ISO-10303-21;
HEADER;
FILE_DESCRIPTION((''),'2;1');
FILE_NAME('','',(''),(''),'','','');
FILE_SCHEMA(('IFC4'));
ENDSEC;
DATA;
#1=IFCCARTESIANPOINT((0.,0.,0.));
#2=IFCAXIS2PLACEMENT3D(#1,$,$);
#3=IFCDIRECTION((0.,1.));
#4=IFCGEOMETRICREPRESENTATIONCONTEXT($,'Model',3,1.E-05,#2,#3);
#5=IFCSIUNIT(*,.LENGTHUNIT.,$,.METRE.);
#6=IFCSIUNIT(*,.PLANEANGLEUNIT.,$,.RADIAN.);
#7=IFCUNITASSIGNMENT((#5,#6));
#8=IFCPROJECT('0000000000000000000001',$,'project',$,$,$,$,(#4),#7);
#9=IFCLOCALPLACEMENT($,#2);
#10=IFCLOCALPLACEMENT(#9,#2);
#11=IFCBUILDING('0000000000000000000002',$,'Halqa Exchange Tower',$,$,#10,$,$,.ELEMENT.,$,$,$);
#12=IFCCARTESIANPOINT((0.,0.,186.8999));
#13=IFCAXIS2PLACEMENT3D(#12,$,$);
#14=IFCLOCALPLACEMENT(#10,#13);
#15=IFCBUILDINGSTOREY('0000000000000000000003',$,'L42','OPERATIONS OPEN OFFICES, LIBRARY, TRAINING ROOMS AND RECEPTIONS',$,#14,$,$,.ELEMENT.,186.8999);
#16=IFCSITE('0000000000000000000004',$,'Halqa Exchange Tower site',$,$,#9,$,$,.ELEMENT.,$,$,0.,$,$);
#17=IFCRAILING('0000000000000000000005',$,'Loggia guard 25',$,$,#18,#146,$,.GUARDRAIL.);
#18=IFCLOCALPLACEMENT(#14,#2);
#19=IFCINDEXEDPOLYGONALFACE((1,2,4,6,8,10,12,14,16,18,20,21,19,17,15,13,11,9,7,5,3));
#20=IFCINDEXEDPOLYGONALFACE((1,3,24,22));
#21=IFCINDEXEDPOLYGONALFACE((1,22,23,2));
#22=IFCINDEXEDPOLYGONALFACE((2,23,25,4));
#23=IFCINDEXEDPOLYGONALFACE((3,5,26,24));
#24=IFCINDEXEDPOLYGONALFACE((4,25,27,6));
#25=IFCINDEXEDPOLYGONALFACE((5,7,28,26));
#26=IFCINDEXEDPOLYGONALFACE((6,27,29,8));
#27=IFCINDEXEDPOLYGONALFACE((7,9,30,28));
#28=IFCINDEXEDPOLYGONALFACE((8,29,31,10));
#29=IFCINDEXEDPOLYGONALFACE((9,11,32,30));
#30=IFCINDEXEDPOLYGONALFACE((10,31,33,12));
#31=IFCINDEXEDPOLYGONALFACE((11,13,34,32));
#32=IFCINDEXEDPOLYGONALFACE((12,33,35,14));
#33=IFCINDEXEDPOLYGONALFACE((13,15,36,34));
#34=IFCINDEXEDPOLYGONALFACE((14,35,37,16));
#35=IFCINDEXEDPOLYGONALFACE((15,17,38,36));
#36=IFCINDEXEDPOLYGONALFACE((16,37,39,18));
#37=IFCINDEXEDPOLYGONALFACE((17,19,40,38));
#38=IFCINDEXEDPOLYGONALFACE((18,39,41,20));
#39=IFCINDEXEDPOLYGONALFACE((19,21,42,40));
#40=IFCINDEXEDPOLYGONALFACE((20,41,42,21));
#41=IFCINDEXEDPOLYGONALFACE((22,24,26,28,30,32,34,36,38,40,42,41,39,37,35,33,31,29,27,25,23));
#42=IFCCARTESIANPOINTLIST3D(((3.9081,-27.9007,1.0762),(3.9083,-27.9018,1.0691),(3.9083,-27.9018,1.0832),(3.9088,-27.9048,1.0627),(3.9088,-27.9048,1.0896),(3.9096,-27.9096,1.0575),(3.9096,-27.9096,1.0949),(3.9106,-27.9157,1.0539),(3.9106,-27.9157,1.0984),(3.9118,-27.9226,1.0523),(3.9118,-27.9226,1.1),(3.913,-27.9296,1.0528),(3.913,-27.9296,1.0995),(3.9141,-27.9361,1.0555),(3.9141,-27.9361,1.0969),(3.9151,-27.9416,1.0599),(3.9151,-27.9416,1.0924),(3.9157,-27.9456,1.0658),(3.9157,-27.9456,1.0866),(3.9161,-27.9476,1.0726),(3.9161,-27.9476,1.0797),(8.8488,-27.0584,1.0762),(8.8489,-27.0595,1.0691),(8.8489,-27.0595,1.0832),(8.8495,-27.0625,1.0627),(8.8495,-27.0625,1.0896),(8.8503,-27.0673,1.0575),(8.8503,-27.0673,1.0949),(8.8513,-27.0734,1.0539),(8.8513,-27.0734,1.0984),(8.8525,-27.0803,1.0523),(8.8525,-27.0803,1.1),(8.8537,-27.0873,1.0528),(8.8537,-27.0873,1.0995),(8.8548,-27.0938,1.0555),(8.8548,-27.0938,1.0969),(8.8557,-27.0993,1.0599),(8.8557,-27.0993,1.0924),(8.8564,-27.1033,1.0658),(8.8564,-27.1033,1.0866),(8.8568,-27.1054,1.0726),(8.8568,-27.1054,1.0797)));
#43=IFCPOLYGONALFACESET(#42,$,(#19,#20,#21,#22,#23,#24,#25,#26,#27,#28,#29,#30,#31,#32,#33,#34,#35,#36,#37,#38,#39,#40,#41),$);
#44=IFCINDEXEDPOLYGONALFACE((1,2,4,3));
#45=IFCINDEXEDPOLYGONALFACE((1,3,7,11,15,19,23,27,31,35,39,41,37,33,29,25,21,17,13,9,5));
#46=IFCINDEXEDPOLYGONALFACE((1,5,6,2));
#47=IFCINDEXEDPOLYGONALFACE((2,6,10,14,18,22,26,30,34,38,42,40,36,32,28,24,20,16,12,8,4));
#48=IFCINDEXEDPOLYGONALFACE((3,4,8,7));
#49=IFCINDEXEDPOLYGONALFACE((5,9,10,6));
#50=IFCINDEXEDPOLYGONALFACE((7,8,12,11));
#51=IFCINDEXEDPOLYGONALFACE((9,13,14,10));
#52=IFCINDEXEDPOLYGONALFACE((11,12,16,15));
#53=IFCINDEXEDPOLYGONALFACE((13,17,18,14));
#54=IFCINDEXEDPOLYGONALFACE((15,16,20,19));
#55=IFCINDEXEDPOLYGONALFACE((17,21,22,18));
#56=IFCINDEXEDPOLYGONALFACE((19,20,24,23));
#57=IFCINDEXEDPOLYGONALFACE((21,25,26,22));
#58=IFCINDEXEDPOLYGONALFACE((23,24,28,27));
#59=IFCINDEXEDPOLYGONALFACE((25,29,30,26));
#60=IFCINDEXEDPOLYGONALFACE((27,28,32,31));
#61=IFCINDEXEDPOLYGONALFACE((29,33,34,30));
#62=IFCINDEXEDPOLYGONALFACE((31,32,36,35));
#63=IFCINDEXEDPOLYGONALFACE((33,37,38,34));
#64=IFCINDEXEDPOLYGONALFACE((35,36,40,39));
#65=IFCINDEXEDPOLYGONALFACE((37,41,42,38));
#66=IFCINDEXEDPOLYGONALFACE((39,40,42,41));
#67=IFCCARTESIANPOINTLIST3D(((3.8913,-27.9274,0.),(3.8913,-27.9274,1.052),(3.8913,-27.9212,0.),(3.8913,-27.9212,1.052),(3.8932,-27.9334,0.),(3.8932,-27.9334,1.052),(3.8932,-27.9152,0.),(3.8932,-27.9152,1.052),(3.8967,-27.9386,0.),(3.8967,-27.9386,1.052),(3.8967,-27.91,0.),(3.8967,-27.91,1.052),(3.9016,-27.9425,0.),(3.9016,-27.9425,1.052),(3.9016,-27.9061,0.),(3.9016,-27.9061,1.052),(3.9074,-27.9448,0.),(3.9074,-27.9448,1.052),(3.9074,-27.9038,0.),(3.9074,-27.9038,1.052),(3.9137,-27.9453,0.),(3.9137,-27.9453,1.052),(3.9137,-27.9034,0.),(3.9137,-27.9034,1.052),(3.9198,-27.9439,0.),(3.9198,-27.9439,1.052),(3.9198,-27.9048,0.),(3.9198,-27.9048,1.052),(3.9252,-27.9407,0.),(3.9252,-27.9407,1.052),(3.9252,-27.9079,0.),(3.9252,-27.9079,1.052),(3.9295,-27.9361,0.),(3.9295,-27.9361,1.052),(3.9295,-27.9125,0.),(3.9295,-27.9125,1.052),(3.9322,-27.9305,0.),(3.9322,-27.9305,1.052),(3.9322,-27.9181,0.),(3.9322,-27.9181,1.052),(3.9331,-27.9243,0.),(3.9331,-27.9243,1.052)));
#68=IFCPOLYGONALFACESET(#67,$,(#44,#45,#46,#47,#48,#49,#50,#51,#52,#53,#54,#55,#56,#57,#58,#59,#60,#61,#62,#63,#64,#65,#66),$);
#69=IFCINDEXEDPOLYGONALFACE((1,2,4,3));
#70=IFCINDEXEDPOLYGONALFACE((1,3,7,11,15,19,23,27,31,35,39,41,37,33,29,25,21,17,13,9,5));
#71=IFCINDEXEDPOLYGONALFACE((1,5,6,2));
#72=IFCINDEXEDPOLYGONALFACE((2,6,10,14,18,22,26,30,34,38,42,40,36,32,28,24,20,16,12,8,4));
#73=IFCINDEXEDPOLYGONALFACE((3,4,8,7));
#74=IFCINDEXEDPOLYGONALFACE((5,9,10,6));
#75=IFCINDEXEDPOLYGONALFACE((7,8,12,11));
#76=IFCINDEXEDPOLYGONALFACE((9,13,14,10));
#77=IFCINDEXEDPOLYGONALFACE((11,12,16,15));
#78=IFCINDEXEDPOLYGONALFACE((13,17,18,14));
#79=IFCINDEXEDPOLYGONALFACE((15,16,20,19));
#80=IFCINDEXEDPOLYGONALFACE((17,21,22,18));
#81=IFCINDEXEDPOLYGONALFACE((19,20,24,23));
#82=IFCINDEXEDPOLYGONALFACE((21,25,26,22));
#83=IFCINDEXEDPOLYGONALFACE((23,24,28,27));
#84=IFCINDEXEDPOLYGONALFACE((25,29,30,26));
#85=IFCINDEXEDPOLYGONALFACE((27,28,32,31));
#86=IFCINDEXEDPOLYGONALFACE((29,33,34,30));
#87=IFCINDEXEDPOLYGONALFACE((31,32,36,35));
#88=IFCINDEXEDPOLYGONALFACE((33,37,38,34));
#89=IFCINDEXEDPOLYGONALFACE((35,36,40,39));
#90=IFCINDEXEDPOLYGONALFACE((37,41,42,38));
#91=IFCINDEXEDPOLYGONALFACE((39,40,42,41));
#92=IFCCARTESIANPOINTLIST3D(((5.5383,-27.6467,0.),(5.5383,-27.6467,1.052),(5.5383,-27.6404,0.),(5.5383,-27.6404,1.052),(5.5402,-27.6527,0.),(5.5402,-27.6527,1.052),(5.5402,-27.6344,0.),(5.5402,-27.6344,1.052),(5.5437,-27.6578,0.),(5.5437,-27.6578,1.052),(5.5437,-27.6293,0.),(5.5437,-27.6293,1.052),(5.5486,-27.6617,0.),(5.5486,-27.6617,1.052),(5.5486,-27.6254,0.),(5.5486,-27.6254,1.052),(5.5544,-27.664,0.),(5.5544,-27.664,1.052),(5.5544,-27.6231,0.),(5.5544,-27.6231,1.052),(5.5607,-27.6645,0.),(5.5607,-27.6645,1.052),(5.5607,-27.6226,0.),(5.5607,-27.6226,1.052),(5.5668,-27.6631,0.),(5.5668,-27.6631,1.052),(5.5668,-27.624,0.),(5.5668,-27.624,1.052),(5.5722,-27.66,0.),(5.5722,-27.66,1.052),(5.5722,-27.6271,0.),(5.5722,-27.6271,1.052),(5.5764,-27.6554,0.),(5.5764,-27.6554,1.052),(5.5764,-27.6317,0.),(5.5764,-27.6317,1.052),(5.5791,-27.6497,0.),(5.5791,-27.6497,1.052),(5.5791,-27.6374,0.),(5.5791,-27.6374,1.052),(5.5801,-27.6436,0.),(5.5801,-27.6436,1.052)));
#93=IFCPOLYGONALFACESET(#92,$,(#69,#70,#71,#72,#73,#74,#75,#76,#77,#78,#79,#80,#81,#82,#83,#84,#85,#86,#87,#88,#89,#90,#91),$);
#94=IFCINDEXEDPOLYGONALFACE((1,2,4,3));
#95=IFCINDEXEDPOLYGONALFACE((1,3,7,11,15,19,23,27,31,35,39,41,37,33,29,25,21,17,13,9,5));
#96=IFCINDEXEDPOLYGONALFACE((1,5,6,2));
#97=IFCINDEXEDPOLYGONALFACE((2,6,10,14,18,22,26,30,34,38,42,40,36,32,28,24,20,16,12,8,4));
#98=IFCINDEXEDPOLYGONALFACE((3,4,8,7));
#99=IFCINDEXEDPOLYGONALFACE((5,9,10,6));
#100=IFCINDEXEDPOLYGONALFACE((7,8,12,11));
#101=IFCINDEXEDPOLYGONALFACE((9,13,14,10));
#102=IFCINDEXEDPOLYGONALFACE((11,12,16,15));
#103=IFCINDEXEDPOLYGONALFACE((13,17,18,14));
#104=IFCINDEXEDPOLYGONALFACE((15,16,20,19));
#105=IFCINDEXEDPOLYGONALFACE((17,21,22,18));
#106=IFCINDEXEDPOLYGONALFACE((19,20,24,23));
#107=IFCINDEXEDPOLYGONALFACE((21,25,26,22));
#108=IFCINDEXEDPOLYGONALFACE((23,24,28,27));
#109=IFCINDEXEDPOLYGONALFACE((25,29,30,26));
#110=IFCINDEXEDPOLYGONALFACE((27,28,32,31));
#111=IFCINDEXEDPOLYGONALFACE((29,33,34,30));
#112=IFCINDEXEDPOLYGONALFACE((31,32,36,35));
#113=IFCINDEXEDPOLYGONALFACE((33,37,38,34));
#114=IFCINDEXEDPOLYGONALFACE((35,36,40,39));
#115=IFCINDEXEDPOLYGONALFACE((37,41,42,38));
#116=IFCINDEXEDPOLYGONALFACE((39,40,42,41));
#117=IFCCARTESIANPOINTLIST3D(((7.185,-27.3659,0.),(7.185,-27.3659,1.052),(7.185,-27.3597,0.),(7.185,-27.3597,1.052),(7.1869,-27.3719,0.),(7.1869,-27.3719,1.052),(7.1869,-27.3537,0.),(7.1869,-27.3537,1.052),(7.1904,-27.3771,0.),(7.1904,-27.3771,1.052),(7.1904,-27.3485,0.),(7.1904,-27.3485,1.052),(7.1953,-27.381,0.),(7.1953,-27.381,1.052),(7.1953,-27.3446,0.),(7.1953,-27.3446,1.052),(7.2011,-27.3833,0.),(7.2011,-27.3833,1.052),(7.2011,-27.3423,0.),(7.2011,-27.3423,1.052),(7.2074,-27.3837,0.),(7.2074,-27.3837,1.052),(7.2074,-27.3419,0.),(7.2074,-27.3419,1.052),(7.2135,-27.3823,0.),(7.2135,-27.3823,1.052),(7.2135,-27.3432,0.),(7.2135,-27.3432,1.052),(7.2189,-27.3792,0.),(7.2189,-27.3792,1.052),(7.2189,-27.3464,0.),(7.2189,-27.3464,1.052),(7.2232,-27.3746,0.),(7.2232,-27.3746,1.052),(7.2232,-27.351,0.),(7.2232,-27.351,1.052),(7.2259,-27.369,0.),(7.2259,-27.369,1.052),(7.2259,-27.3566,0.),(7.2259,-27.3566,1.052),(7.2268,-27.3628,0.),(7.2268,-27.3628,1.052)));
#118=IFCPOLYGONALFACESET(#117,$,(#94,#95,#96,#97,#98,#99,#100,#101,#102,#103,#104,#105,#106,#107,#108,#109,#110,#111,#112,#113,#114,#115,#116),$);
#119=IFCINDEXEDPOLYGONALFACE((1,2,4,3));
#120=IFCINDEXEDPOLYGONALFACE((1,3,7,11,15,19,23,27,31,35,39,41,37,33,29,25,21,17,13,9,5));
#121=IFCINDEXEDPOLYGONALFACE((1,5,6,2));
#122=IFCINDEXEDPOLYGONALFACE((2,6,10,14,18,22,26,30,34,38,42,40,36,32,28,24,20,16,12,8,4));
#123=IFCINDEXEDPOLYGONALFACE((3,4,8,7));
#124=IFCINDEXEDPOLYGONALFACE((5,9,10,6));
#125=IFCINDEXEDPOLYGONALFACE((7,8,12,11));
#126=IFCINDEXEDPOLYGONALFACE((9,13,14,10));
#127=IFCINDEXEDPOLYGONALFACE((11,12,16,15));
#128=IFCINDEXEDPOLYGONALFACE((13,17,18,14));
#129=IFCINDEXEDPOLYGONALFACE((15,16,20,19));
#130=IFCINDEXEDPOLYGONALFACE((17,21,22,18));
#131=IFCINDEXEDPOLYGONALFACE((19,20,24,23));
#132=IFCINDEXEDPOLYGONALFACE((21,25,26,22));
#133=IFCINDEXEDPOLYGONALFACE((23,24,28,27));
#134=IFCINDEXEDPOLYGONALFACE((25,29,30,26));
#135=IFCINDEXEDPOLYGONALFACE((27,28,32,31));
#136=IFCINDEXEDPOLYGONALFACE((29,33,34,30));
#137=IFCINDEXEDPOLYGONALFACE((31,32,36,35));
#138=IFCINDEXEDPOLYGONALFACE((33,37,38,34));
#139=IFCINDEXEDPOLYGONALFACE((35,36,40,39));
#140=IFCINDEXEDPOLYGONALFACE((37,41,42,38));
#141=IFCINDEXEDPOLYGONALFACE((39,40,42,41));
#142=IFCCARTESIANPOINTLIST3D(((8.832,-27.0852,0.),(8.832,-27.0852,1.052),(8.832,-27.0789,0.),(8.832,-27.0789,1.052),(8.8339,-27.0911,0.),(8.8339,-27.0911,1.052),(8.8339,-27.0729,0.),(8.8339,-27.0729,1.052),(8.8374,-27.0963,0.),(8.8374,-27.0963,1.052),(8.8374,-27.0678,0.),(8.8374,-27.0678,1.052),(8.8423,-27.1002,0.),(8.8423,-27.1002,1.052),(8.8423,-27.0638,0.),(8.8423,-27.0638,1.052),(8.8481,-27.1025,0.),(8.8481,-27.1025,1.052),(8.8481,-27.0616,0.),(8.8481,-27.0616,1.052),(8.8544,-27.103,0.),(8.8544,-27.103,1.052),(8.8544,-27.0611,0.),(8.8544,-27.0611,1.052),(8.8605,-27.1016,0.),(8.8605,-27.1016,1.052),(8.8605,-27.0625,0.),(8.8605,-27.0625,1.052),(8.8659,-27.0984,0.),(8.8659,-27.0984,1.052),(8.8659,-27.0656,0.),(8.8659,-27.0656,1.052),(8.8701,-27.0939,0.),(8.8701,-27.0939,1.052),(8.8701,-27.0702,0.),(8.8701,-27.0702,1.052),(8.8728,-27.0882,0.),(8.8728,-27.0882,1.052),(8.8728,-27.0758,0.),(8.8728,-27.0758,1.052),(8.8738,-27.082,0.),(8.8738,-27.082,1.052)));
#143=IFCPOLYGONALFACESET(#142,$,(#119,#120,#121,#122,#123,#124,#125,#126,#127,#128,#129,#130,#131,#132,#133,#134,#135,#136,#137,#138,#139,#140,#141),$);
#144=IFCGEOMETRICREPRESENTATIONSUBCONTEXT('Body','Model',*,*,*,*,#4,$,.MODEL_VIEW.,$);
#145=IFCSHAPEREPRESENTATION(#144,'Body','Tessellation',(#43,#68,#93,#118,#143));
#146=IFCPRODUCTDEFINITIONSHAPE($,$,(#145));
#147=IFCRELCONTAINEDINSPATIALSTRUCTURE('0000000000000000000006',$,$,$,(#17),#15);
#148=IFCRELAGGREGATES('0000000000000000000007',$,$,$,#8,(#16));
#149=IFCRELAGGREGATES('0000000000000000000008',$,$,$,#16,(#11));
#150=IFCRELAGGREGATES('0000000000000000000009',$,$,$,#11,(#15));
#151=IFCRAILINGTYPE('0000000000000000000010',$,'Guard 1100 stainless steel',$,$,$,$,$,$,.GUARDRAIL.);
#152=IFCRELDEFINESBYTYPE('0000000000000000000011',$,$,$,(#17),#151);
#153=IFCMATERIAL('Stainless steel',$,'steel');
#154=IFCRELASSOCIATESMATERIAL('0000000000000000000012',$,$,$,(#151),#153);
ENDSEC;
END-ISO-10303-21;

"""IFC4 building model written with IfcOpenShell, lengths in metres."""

from ifc_helpers import new_model, si_unit, direction, frame, origin, origin_2d, place, context, subcontext, project, spatial, circle, extrude, material, type_object, element, save


model = new_model("IFC4")

# Units and contexts
model_context = context("Model", 3, precision=1e-05, world=origin(), true_north=direction((0.0, 1.0)))
body_context = subcontext(model_context, "Body", "Model", "MODEL_VIEW")
ifc_project = project(units=[si_unit("LENGTHUNIT", "METRE"), si_unit("PLANEANGLEUNIT", "RADIAN")], contexts=[model_context])

# Site, building, storey
site_placement = place(None, origin())
site = spatial("IfcSite", under=ifc_project, at=site_placement, Name="Halqa Exchange Tower site", CompositionType="ELEMENT", RefElevation=0.0)
building_placement = place(site_placement, origin())
building = spatial("IfcBuilding", under=site, at=building_placement, Name="Halqa Exchange Tower", CompositionType="ELEMENT")
storey_placement = place(building_placement, frame((0.0, 0.0, 186.8999)))
storey = spatial("IfcBuildingStorey", under=building, at=storey_placement, Name="L42", Description="OPERATIONS OPEN OFFICES, LIBRARY, TRAINING ROOMS AND RECEPTIONS", CompositionType="ELEMENT", Elevation=186.8999)

# Railing
ifc_material_1 = material(Name="Stainless steel", Category="steel")
railing_type = type_object("IfcRailingType", Name="Guard 1100 stainless steel", PredefinedType="GUARDRAIL", material=ifc_material_1)
railing_1_placement = place(storey_placement, frame((3.9121, -27.9243, 0.0)))
element("IfcRailing", 1, at=railing_1_placement, inside=storey, type_object=railing_type, Name="Loggia guard 25", PredefinedType="GUARDRAIL", context=body_context, shape_type="SweptSolid", body=[
    extrude(circle(Radius=0.0239, at=origin_2d()), frame((0.0, 0.0, 1.0762), z_axis=(0.985778, 0.168055, 0.0), x_axis=(-0.168055, 0.985778, 0.0)), (0.0, 0.0, 1.0), 5.012),
    extrude(circle(Radius=0.021, at=origin_2d()), origin(), (0.0, 0.0, 1.0), 1.052),
    extrude(circle(Radius=0.021, at=origin_2d()), frame((1.647, 0.2808, 0.0)), (0.0, 0.0, 1.0), 1.052),
    extrude(circle(Radius=0.021, at=origin_2d()), frame((3.2937, 0.5615, 0.0)), (0.0, 0.0, 1.0), 1.052),
    extrude(circle(Radius=0.021, at=origin_2d()), frame((4.9407, 0.8423, 0.0)), (0.0, 0.0, 1.0), 1.052),
])

save(model, "model.ifc")
